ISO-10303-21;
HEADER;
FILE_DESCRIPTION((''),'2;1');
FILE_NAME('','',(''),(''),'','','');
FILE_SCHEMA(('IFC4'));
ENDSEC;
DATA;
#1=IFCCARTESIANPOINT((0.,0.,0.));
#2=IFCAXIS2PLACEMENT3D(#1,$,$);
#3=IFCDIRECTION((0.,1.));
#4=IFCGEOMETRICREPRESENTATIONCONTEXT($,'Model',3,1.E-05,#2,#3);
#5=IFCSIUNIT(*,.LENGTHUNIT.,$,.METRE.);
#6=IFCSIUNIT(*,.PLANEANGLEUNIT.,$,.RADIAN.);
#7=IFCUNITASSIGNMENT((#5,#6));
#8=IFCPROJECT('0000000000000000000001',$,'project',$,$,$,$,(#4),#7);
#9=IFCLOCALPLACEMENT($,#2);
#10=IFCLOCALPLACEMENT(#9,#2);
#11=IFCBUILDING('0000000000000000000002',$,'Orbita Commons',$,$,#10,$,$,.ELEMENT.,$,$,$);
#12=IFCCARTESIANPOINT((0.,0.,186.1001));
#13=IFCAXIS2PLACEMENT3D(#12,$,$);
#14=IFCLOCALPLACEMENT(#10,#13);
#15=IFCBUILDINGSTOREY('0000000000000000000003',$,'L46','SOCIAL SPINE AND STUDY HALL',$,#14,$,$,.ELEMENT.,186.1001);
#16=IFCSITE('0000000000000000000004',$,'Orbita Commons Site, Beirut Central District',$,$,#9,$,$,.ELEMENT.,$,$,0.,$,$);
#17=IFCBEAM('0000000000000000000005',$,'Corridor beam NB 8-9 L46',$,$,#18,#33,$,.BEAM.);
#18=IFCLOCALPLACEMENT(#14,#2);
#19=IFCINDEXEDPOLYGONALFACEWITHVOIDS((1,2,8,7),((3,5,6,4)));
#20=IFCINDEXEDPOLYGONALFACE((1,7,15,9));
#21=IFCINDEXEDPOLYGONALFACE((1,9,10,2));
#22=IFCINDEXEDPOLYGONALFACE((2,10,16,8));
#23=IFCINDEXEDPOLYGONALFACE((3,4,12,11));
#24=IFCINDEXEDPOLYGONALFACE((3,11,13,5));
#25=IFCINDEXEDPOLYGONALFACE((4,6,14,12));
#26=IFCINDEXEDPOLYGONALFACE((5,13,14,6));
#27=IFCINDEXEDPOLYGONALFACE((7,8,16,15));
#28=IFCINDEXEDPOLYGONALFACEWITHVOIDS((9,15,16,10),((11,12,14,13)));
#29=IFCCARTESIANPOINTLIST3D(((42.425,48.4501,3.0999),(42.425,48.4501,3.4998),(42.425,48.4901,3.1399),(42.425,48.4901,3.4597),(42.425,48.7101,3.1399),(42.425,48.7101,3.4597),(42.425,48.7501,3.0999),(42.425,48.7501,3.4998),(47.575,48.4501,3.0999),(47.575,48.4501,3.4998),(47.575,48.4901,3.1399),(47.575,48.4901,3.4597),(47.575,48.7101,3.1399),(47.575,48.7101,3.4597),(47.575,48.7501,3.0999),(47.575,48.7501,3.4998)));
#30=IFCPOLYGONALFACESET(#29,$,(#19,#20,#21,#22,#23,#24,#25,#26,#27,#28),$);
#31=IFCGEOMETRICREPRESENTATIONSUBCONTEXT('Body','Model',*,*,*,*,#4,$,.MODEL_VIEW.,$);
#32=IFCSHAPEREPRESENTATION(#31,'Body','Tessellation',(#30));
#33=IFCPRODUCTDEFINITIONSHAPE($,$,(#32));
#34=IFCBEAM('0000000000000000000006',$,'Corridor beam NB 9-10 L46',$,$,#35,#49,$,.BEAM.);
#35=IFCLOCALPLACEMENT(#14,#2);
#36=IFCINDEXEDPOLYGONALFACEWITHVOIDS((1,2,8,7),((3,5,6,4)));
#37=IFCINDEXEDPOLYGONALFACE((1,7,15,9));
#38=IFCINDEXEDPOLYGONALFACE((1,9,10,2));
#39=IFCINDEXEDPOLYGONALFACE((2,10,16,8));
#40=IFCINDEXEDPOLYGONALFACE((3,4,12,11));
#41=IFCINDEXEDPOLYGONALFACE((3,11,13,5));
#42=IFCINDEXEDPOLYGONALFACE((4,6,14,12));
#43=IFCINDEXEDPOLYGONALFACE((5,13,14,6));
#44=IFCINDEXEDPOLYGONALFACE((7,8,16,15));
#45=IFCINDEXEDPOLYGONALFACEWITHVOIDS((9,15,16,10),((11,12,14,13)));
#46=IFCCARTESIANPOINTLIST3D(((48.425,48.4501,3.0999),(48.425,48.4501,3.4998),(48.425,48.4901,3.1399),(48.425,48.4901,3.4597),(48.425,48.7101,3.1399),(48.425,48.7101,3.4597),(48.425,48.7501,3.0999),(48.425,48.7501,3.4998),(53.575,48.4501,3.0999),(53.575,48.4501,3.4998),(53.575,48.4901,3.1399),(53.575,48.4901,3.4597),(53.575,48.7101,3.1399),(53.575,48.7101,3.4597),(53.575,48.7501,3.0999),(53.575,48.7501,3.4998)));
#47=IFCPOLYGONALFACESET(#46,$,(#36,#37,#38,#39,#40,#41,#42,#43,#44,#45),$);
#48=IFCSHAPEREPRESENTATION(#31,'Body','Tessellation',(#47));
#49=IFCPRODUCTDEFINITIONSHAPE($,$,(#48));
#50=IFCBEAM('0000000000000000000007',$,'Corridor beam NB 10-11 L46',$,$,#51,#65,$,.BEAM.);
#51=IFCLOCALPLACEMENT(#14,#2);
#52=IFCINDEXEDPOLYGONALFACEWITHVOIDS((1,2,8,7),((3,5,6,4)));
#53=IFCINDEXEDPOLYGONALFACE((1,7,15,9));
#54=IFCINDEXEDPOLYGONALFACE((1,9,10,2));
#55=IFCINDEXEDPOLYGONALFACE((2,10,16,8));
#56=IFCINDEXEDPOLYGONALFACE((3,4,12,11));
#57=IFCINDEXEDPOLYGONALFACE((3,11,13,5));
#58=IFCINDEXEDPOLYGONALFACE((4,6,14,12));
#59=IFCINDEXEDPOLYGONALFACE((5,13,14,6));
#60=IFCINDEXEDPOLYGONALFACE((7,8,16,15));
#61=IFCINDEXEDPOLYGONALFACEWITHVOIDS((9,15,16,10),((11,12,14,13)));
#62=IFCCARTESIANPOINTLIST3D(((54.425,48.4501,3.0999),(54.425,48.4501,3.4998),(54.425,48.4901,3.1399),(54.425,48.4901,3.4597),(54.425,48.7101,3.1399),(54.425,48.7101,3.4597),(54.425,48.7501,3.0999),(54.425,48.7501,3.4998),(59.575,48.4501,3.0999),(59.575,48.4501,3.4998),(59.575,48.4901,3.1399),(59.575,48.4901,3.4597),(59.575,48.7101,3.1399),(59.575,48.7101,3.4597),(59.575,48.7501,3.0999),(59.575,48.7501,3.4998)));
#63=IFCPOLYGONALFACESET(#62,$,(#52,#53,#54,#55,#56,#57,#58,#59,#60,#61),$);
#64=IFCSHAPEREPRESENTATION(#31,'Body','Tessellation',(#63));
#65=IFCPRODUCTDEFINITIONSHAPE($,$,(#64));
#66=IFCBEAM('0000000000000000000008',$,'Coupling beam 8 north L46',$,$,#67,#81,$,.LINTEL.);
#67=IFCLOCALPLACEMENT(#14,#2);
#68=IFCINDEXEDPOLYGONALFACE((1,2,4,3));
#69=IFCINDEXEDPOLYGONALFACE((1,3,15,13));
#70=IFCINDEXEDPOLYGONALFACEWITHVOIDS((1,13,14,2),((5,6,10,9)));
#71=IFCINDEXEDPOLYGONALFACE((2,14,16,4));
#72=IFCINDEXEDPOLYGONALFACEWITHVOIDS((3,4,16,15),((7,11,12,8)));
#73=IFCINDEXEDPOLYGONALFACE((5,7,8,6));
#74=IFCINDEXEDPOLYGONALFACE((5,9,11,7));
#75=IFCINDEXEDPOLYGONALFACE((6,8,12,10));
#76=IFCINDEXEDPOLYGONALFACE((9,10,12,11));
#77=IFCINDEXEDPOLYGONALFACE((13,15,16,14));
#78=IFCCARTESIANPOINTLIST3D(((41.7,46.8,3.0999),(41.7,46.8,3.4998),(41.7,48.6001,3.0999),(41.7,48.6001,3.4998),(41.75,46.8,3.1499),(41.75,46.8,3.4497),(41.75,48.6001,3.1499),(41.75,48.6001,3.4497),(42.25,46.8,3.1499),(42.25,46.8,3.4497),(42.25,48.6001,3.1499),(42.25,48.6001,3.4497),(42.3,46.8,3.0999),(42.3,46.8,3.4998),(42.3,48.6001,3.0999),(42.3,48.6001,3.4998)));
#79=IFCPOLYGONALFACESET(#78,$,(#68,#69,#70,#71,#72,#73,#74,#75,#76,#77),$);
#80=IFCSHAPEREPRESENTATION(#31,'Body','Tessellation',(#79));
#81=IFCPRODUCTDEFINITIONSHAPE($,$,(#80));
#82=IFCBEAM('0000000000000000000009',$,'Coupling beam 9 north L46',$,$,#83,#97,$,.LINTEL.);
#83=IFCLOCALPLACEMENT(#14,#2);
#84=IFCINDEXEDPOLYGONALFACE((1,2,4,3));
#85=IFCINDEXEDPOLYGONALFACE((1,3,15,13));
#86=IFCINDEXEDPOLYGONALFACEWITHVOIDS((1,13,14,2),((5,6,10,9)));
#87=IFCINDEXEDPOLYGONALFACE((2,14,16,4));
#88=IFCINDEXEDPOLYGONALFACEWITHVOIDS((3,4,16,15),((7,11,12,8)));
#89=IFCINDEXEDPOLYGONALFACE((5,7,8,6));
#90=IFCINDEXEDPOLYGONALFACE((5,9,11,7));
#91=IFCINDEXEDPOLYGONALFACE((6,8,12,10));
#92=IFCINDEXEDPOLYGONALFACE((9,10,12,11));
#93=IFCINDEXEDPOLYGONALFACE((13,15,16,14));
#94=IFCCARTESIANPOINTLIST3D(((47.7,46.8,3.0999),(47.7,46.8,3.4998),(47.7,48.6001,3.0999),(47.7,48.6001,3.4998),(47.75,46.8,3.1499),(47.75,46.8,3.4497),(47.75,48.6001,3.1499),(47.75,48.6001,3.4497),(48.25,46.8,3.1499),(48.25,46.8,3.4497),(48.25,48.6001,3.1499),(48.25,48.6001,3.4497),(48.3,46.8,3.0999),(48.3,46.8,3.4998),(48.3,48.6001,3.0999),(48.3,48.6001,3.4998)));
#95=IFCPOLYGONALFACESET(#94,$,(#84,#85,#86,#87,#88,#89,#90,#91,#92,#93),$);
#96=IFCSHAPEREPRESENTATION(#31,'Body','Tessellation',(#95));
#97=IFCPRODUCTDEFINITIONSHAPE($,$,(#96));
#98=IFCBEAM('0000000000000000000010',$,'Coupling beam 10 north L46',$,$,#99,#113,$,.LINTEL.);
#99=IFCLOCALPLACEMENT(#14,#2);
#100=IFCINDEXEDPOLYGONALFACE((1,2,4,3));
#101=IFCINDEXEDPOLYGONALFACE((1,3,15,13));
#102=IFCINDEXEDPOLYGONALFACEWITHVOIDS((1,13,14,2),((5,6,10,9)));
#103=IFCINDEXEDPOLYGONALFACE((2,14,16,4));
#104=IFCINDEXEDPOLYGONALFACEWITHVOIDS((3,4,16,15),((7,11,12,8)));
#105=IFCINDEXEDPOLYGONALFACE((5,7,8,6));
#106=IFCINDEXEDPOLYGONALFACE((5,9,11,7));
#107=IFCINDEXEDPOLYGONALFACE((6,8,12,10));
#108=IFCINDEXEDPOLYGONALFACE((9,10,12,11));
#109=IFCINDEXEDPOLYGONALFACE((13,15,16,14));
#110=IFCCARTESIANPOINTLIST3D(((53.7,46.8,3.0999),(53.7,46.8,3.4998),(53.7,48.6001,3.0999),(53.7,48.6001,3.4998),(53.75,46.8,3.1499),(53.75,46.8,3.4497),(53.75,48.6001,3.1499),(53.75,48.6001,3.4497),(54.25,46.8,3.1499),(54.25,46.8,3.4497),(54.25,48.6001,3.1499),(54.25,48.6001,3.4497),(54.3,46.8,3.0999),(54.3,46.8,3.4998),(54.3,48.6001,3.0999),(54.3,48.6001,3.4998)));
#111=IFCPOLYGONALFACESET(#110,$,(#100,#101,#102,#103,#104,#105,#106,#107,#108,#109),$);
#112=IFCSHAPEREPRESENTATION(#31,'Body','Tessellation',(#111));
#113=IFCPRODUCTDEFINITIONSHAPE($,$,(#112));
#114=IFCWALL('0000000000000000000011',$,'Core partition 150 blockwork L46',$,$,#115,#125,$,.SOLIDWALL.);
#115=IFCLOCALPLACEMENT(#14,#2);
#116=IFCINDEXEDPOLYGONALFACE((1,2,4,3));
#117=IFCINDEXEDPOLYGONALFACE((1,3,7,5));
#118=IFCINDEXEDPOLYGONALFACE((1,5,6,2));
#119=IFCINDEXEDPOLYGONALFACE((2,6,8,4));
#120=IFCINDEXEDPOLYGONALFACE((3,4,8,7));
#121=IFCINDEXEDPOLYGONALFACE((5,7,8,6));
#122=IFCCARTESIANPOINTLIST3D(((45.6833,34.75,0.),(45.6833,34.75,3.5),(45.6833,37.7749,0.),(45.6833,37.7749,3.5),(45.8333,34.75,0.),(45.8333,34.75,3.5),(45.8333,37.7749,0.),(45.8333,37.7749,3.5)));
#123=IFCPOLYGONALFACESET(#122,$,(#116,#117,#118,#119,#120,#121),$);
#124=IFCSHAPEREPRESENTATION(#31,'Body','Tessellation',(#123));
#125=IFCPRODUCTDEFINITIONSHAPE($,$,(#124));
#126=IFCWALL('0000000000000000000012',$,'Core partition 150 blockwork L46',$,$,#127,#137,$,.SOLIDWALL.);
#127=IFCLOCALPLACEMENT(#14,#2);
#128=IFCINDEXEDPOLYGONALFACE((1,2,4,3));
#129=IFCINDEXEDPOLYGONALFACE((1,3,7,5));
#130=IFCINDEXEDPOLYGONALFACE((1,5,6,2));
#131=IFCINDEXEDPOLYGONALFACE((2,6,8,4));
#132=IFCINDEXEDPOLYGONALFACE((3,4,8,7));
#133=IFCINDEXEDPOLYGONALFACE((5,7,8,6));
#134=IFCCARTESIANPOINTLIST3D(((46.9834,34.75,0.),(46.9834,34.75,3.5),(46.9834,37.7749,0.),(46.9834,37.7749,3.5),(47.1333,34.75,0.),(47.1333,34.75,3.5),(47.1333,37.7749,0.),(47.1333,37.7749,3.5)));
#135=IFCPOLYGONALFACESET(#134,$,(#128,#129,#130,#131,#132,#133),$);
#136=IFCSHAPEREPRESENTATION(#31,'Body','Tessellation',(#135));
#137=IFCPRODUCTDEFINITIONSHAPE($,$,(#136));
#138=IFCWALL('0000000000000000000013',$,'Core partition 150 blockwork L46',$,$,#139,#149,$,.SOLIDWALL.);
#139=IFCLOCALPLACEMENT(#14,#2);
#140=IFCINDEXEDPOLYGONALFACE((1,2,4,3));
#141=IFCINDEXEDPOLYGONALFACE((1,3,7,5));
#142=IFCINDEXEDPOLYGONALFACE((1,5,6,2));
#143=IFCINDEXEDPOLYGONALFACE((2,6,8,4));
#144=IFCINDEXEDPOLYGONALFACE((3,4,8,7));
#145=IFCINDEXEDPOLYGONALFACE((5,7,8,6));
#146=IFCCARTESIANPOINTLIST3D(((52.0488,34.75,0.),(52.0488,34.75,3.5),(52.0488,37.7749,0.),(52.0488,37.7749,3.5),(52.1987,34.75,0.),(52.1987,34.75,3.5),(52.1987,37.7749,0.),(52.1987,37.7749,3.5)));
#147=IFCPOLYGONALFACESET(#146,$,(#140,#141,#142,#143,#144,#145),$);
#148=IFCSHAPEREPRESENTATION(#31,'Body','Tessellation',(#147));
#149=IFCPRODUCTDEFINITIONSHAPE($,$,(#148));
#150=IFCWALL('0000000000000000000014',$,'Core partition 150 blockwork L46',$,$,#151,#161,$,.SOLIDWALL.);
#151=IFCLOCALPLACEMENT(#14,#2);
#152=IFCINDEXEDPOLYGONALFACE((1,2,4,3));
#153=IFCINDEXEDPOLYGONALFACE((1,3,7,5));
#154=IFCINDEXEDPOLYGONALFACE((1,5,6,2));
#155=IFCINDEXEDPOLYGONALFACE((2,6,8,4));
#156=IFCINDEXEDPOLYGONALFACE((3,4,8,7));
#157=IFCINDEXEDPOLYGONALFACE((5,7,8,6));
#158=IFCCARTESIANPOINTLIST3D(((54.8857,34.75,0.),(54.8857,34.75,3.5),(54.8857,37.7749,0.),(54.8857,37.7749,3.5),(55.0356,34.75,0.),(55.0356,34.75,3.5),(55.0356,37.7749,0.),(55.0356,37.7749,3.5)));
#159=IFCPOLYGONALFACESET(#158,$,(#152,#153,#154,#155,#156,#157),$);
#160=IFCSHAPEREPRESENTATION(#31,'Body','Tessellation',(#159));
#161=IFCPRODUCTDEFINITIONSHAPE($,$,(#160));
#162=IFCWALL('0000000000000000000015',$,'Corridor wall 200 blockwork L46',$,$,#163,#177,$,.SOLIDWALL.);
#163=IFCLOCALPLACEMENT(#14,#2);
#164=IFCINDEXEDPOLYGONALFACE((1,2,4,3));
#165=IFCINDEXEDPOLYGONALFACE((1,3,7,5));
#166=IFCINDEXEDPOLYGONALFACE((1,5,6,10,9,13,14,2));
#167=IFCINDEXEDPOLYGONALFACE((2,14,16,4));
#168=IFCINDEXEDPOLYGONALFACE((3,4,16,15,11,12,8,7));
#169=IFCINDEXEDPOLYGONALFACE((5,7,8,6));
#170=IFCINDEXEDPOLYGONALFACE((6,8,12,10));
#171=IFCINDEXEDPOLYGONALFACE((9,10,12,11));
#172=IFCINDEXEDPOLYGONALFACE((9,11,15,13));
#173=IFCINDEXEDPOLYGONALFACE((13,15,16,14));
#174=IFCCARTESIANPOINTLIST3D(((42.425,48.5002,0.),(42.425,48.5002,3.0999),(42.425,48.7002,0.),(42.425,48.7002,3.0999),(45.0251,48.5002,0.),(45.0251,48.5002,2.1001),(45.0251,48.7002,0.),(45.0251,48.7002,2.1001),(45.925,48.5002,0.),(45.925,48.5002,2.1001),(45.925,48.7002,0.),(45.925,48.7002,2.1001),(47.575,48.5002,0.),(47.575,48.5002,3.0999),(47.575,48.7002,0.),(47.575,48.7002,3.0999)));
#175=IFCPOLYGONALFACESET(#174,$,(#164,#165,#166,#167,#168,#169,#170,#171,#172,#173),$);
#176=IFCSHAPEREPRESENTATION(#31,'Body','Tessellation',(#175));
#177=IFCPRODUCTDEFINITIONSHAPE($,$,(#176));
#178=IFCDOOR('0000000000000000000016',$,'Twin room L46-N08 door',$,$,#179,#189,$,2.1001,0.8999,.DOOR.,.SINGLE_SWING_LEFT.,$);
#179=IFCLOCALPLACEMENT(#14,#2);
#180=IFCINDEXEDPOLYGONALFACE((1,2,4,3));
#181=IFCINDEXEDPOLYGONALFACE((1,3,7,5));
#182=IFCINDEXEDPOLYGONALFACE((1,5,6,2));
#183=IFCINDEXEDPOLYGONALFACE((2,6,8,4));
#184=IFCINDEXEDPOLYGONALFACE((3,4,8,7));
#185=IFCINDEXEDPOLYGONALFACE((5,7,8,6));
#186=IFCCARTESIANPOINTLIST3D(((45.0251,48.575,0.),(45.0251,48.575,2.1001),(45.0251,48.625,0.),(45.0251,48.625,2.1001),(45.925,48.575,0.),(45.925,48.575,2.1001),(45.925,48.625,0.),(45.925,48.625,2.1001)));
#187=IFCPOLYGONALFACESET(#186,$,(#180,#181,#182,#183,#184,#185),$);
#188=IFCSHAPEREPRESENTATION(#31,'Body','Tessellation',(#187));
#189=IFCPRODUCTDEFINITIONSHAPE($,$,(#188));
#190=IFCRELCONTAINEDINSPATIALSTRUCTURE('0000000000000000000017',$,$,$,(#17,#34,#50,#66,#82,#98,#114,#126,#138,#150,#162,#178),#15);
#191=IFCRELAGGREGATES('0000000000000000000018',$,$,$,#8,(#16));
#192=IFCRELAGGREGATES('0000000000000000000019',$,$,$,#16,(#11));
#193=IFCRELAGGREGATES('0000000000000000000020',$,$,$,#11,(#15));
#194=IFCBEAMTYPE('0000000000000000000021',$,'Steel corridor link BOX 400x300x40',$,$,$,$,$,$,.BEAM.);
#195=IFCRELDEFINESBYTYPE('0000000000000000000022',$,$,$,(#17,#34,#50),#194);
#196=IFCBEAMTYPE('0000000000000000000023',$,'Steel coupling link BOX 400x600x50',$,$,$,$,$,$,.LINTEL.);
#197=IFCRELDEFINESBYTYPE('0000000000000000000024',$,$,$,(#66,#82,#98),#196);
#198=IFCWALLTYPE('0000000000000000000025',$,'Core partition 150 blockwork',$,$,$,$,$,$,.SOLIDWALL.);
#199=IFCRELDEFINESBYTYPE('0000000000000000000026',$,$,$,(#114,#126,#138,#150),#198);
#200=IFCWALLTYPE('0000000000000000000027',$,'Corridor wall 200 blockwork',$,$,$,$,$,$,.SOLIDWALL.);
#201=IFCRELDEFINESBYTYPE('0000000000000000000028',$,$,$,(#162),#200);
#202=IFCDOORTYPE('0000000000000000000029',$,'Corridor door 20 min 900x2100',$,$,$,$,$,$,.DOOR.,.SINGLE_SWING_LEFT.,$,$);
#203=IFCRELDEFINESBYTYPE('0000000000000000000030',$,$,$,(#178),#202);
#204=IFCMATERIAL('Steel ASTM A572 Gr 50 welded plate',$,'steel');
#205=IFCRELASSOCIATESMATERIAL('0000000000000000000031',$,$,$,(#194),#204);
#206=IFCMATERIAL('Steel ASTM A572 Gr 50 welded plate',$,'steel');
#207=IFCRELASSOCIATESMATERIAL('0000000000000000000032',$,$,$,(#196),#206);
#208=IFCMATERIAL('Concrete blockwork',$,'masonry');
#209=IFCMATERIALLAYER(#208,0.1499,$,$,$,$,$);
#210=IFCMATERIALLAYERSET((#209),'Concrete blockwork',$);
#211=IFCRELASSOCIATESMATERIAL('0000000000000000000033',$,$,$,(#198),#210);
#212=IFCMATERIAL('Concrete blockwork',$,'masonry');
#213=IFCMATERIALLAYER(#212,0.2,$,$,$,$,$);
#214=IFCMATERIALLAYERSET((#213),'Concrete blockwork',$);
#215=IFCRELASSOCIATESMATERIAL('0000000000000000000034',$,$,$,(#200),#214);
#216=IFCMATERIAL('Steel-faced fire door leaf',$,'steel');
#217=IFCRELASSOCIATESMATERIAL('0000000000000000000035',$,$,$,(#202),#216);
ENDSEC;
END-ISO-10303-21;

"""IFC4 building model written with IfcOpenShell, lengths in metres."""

from ifc_helpers import new_model, si_unit, direction, frame, frame_2d, origin, origin_2d, place, context, subcontext, project, spatial, polyline, rectangle, hollow_rectangle, outline, extrude, material, layer, layer_set, material_profile, profile_set, type_object, element, fill, save


model = new_model("IFC4")

# Units and contexts
model_context = context("Model", 3, precision=1e-05, world=origin(), true_north=direction((0.0, 1.0)))
body_context = subcontext(model_context, "Body", "Model", "MODEL_VIEW")
ifc_project = project(units=[si_unit("LENGTHUNIT", "METRE"), si_unit("PLANEANGLEUNIT", "RADIAN")], contexts=[model_context])

# Site, building, storey
site_placement = place(None, origin())
site = spatial("IfcSite", under=ifc_project, at=site_placement, Name="Orbita Commons Site, Beirut Central District", CompositionType="ELEMENT", RefElevation=0.0)
building_placement = place(site_placement, origin())
building = spatial("IfcBuilding", under=site, at=building_placement, Name="Orbita Commons", CompositionType="ELEMENT")
storey_placement = place(building_placement, frame((0.0, 0.0, 186.1001)))
storey = spatial("IfcBuildingStorey", under=building, at=storey_placement, Name="L46", Description="SOCIAL SPINE AND STUDY HALL", CompositionType="ELEMENT", Elevation=186.1001)

# Beams
ifc_material_1 = material(Name="Steel ASTM A572 Gr 50 welded plate", Category="steel")
ifc_material_profile_1 = material_profile(ifc_material_1, hollow_rectangle(XDim=0.3, YDim=0.3999, WallThickness=0.04, at=origin_2d()), Name="BOX 400x300x40")
ifc_profile_set_1 = profile_set([ifc_material_profile_1], Name="Steel ASTM A572 Gr 50 welded plate")
beam_type_1 = type_object("IfcBeamType", Name="Steel corridor link BOX 400x300x40", PredefinedType="BEAM", material=ifc_profile_set_1)
for number, where, z_axis, x_axis, name in (
    (1, (42.425, 48.6001, 3.2998), (1.0, 0.0, 0.0), (0.0, 1.0, 0.0), "Corridor beam NB 8-9 L46"),
    (2, (48.425, 48.6001, 3.2998), (1.0, 0.0, 0.0), (0.0, 1.0, 0.0), "Corridor beam NB 9-10 L46"),
    (3, (54.425, 48.6001, 3.2998), (1.0, 0.0, 0.0), (0.0, 1.0, 0.0), "Corridor beam NB 10-11 L46"),
):
    element("IfcBeam", number, at=place(storey_placement, frame(where, z_axis=z_axis, x_axis=x_axis)), inside=storey, type_object=beam_type_1, Name=name, PredefinedType="BEAM", context=body_context, shape_type="SweptSolid", body=[
        extrude(hollow_rectangle(XDim=0.3, YDim=0.3999, WallThickness=0.04, at=origin_2d()), origin(), (0.0, 0.0, 1.0), 5.1499),
    ])
ifc_material_2 = material(Name="Steel ASTM A572 Gr 50 welded plate", Category="steel")
ifc_material_profile_2 = material_profile(ifc_material_2, hollow_rectangle(XDim=0.6001, YDim=0.3999, WallThickness=0.05, at=origin_2d()), Name="BOX 400x600x50")
ifc_profile_set_2 = profile_set([ifc_material_profile_2], Name="Steel ASTM A572 Gr 50 welded plate")
beam_type_2 = type_object("IfcBeamType", Name="Steel coupling link BOX 400x600x50", PredefinedType="LINTEL", material=ifc_profile_set_2)
for number, where, z_axis, x_axis, name in (
    (4, (42.0, 46.8, 3.2998), (0.0, 1.0, 0.0), (-1.0, 0.0, 0.0), "Coupling beam 8 north L46"),
    (5, (48.0, 46.8, 3.2998), (0.0, 1.0, 0.0), (-1.0, 0.0, 0.0), "Coupling beam 9 north L46"),
    (6, (54.0, 46.8, 3.2998), (0.0, 1.0, 0.0), (-1.0, 0.0, 0.0), "Coupling beam 10 north L46"),
):
    element("IfcBeam", number, at=place(storey_placement, frame(where, z_axis=z_axis, x_axis=x_axis)), inside=storey, type_object=beam_type_2, Name=name, PredefinedType="LINTEL", context=body_context, shape_type="SweptSolid", body=[
        extrude(hollow_rectangle(XDim=0.6001, YDim=0.3999, WallThickness=0.05, at=origin_2d()), origin(), (0.0, 0.0, 1.0), 1.8),
    ])

# Walls
ifc_material_3 = material(Name="Concrete blockwork", Category="masonry")
ifc_layer_1 = layer(ifc_material_3, 0.1499)
ifc_layer_set_1 = layer_set([ifc_layer_1], Name="Concrete blockwork")
wall_type_1 = type_object("IfcWallType", Name="Core partition 150 blockwork", PredefinedType="SOLIDWALL", material=ifc_layer_set_1)
for number, where, z_axis, x_axis, name in (
    (7, (45.7583, 34.75, 0.0), (0.0, 0.0, 1.0), (0.0, 1.0, 0.0), "Core partition 150 blockwork L46"),
    (8, (47.0583, 34.75, 0.0), (0.0, 0.0, 1.0), (0.0, 1.0, 0.0), "Core partition 150 blockwork L46"),
    (9, (52.1238, 34.75, 0.0), (0.0, 0.0, 1.0), (0.0, 1.0, 0.0), "Core partition 150 blockwork L46"),
    (10, (54.9607, 34.75, 0.0), (0.0, 0.0, 1.0), (0.0, 1.0, 0.0), "Core partition 150 blockwork L46"),
):
    element("IfcWall", number, at=place(storey_placement, frame(where, z_axis=z_axis, x_axis=x_axis)), inside=storey, type_object=wall_type_1, Name=name, PredefinedType="SOLIDWALL", context=body_context, shape_type="SweptSolid", body=[
        extrude(rectangle(XDim=3.0249, YDim=0.1499, at=frame_2d((1.5125, 0.0))), origin(), (0.0, 0.0, 1.0), 3.5),
    ])

# Wall, opening, door
ifc_material_4 = material(Name="Concrete blockwork", Category="masonry")
ifc_layer_2 = layer(ifc_material_4, 0.2)
ifc_layer_set_2 = layer_set([ifc_layer_2], Name="Concrete blockwork")
wall_type_2 = type_object("IfcWallType", Name="Corridor wall 200 blockwork", PredefinedType="SOLIDWALL", material=ifc_layer_set_2)
wall_1_placement = place(storey_placement, frame((42.425, 48.6001, 0.0), z_axis=(0.0, 0.0, 1.0), x_axis=(1.0, 0.0, 0.0)))
wall_1 = element("IfcWall", 11, at=wall_1_placement, inside=storey, type_object=wall_type_2, Name="Corridor wall 200 blockwork L46", PredefinedType="SOLIDWALL", context=body_context, shape_type="SweptSolid", body=[
    extrude(outline(polyline([(0.0, 0.0), (5.1499, 0.0), (5.1499, 3.0999), (0.0, 3.0999), (0.0, 0.0)])), frame((0.0, 0.1001, 0.0), z_axis=(0.0, -1.0, 0.0), x_axis=(1.0, 0.0, 0.0)), (0.0, 0.0, 1.0), 0.2),
])
opening_1_placement = place(wall_1_placement, frame((2.6001, 0.0, 0.0)))
opening_1 = element("IfcOpeningElement", 12, at=opening_1_placement, cuts=wall_1, PredefinedType="OPENING", context=body_context, shape_type="SweptSolid", body=[
    extrude(rectangle(XDim=0.8999, YDim=2.1001, at=frame_2d((0.45, 1.05))), frame((0.0, 0.1099, 0.0), z_axis=(0.0, -1.0, 0.0), x_axis=(1.0, 0.0, 0.0)), (0.0, 0.0, 1.0), 0.22),
])
ifc_material_5 = material(Name="Steel-faced fire door leaf", Category="steel")
door_type_1 = type_object("IfcDoorType", Name="Corridor door 20 min 900x2100", OperationType="SINGLE_SWING_LEFT", PredefinedType="DOOR", material=ifc_material_5)
door_1_placement = place(opening_1_placement, origin())
door_1 = element("IfcDoor", 13, at=door_1_placement, inside=storey, type_object=door_type_1, Name="Twin room L46-N08 door", OperationType="SINGLE_SWING_LEFT", OverallHeight=2.1001, OverallWidth=0.8999, PredefinedType="DOOR", context=body_context, shape_type="SweptSolid", body=[
    extrude(rectangle(XDim=0.8999, YDim=2.1001, at=frame_2d((0.45, 1.05))), frame((0.0, 0.0249, 0.0), z_axis=(0.0, -1.0, 0.0), x_axis=(1.0, 0.0, 0.0)), (0.0, 0.0, 1.0), 0.05),
])
fill(opening_1, door_1)

save(model, "model.ifc")
